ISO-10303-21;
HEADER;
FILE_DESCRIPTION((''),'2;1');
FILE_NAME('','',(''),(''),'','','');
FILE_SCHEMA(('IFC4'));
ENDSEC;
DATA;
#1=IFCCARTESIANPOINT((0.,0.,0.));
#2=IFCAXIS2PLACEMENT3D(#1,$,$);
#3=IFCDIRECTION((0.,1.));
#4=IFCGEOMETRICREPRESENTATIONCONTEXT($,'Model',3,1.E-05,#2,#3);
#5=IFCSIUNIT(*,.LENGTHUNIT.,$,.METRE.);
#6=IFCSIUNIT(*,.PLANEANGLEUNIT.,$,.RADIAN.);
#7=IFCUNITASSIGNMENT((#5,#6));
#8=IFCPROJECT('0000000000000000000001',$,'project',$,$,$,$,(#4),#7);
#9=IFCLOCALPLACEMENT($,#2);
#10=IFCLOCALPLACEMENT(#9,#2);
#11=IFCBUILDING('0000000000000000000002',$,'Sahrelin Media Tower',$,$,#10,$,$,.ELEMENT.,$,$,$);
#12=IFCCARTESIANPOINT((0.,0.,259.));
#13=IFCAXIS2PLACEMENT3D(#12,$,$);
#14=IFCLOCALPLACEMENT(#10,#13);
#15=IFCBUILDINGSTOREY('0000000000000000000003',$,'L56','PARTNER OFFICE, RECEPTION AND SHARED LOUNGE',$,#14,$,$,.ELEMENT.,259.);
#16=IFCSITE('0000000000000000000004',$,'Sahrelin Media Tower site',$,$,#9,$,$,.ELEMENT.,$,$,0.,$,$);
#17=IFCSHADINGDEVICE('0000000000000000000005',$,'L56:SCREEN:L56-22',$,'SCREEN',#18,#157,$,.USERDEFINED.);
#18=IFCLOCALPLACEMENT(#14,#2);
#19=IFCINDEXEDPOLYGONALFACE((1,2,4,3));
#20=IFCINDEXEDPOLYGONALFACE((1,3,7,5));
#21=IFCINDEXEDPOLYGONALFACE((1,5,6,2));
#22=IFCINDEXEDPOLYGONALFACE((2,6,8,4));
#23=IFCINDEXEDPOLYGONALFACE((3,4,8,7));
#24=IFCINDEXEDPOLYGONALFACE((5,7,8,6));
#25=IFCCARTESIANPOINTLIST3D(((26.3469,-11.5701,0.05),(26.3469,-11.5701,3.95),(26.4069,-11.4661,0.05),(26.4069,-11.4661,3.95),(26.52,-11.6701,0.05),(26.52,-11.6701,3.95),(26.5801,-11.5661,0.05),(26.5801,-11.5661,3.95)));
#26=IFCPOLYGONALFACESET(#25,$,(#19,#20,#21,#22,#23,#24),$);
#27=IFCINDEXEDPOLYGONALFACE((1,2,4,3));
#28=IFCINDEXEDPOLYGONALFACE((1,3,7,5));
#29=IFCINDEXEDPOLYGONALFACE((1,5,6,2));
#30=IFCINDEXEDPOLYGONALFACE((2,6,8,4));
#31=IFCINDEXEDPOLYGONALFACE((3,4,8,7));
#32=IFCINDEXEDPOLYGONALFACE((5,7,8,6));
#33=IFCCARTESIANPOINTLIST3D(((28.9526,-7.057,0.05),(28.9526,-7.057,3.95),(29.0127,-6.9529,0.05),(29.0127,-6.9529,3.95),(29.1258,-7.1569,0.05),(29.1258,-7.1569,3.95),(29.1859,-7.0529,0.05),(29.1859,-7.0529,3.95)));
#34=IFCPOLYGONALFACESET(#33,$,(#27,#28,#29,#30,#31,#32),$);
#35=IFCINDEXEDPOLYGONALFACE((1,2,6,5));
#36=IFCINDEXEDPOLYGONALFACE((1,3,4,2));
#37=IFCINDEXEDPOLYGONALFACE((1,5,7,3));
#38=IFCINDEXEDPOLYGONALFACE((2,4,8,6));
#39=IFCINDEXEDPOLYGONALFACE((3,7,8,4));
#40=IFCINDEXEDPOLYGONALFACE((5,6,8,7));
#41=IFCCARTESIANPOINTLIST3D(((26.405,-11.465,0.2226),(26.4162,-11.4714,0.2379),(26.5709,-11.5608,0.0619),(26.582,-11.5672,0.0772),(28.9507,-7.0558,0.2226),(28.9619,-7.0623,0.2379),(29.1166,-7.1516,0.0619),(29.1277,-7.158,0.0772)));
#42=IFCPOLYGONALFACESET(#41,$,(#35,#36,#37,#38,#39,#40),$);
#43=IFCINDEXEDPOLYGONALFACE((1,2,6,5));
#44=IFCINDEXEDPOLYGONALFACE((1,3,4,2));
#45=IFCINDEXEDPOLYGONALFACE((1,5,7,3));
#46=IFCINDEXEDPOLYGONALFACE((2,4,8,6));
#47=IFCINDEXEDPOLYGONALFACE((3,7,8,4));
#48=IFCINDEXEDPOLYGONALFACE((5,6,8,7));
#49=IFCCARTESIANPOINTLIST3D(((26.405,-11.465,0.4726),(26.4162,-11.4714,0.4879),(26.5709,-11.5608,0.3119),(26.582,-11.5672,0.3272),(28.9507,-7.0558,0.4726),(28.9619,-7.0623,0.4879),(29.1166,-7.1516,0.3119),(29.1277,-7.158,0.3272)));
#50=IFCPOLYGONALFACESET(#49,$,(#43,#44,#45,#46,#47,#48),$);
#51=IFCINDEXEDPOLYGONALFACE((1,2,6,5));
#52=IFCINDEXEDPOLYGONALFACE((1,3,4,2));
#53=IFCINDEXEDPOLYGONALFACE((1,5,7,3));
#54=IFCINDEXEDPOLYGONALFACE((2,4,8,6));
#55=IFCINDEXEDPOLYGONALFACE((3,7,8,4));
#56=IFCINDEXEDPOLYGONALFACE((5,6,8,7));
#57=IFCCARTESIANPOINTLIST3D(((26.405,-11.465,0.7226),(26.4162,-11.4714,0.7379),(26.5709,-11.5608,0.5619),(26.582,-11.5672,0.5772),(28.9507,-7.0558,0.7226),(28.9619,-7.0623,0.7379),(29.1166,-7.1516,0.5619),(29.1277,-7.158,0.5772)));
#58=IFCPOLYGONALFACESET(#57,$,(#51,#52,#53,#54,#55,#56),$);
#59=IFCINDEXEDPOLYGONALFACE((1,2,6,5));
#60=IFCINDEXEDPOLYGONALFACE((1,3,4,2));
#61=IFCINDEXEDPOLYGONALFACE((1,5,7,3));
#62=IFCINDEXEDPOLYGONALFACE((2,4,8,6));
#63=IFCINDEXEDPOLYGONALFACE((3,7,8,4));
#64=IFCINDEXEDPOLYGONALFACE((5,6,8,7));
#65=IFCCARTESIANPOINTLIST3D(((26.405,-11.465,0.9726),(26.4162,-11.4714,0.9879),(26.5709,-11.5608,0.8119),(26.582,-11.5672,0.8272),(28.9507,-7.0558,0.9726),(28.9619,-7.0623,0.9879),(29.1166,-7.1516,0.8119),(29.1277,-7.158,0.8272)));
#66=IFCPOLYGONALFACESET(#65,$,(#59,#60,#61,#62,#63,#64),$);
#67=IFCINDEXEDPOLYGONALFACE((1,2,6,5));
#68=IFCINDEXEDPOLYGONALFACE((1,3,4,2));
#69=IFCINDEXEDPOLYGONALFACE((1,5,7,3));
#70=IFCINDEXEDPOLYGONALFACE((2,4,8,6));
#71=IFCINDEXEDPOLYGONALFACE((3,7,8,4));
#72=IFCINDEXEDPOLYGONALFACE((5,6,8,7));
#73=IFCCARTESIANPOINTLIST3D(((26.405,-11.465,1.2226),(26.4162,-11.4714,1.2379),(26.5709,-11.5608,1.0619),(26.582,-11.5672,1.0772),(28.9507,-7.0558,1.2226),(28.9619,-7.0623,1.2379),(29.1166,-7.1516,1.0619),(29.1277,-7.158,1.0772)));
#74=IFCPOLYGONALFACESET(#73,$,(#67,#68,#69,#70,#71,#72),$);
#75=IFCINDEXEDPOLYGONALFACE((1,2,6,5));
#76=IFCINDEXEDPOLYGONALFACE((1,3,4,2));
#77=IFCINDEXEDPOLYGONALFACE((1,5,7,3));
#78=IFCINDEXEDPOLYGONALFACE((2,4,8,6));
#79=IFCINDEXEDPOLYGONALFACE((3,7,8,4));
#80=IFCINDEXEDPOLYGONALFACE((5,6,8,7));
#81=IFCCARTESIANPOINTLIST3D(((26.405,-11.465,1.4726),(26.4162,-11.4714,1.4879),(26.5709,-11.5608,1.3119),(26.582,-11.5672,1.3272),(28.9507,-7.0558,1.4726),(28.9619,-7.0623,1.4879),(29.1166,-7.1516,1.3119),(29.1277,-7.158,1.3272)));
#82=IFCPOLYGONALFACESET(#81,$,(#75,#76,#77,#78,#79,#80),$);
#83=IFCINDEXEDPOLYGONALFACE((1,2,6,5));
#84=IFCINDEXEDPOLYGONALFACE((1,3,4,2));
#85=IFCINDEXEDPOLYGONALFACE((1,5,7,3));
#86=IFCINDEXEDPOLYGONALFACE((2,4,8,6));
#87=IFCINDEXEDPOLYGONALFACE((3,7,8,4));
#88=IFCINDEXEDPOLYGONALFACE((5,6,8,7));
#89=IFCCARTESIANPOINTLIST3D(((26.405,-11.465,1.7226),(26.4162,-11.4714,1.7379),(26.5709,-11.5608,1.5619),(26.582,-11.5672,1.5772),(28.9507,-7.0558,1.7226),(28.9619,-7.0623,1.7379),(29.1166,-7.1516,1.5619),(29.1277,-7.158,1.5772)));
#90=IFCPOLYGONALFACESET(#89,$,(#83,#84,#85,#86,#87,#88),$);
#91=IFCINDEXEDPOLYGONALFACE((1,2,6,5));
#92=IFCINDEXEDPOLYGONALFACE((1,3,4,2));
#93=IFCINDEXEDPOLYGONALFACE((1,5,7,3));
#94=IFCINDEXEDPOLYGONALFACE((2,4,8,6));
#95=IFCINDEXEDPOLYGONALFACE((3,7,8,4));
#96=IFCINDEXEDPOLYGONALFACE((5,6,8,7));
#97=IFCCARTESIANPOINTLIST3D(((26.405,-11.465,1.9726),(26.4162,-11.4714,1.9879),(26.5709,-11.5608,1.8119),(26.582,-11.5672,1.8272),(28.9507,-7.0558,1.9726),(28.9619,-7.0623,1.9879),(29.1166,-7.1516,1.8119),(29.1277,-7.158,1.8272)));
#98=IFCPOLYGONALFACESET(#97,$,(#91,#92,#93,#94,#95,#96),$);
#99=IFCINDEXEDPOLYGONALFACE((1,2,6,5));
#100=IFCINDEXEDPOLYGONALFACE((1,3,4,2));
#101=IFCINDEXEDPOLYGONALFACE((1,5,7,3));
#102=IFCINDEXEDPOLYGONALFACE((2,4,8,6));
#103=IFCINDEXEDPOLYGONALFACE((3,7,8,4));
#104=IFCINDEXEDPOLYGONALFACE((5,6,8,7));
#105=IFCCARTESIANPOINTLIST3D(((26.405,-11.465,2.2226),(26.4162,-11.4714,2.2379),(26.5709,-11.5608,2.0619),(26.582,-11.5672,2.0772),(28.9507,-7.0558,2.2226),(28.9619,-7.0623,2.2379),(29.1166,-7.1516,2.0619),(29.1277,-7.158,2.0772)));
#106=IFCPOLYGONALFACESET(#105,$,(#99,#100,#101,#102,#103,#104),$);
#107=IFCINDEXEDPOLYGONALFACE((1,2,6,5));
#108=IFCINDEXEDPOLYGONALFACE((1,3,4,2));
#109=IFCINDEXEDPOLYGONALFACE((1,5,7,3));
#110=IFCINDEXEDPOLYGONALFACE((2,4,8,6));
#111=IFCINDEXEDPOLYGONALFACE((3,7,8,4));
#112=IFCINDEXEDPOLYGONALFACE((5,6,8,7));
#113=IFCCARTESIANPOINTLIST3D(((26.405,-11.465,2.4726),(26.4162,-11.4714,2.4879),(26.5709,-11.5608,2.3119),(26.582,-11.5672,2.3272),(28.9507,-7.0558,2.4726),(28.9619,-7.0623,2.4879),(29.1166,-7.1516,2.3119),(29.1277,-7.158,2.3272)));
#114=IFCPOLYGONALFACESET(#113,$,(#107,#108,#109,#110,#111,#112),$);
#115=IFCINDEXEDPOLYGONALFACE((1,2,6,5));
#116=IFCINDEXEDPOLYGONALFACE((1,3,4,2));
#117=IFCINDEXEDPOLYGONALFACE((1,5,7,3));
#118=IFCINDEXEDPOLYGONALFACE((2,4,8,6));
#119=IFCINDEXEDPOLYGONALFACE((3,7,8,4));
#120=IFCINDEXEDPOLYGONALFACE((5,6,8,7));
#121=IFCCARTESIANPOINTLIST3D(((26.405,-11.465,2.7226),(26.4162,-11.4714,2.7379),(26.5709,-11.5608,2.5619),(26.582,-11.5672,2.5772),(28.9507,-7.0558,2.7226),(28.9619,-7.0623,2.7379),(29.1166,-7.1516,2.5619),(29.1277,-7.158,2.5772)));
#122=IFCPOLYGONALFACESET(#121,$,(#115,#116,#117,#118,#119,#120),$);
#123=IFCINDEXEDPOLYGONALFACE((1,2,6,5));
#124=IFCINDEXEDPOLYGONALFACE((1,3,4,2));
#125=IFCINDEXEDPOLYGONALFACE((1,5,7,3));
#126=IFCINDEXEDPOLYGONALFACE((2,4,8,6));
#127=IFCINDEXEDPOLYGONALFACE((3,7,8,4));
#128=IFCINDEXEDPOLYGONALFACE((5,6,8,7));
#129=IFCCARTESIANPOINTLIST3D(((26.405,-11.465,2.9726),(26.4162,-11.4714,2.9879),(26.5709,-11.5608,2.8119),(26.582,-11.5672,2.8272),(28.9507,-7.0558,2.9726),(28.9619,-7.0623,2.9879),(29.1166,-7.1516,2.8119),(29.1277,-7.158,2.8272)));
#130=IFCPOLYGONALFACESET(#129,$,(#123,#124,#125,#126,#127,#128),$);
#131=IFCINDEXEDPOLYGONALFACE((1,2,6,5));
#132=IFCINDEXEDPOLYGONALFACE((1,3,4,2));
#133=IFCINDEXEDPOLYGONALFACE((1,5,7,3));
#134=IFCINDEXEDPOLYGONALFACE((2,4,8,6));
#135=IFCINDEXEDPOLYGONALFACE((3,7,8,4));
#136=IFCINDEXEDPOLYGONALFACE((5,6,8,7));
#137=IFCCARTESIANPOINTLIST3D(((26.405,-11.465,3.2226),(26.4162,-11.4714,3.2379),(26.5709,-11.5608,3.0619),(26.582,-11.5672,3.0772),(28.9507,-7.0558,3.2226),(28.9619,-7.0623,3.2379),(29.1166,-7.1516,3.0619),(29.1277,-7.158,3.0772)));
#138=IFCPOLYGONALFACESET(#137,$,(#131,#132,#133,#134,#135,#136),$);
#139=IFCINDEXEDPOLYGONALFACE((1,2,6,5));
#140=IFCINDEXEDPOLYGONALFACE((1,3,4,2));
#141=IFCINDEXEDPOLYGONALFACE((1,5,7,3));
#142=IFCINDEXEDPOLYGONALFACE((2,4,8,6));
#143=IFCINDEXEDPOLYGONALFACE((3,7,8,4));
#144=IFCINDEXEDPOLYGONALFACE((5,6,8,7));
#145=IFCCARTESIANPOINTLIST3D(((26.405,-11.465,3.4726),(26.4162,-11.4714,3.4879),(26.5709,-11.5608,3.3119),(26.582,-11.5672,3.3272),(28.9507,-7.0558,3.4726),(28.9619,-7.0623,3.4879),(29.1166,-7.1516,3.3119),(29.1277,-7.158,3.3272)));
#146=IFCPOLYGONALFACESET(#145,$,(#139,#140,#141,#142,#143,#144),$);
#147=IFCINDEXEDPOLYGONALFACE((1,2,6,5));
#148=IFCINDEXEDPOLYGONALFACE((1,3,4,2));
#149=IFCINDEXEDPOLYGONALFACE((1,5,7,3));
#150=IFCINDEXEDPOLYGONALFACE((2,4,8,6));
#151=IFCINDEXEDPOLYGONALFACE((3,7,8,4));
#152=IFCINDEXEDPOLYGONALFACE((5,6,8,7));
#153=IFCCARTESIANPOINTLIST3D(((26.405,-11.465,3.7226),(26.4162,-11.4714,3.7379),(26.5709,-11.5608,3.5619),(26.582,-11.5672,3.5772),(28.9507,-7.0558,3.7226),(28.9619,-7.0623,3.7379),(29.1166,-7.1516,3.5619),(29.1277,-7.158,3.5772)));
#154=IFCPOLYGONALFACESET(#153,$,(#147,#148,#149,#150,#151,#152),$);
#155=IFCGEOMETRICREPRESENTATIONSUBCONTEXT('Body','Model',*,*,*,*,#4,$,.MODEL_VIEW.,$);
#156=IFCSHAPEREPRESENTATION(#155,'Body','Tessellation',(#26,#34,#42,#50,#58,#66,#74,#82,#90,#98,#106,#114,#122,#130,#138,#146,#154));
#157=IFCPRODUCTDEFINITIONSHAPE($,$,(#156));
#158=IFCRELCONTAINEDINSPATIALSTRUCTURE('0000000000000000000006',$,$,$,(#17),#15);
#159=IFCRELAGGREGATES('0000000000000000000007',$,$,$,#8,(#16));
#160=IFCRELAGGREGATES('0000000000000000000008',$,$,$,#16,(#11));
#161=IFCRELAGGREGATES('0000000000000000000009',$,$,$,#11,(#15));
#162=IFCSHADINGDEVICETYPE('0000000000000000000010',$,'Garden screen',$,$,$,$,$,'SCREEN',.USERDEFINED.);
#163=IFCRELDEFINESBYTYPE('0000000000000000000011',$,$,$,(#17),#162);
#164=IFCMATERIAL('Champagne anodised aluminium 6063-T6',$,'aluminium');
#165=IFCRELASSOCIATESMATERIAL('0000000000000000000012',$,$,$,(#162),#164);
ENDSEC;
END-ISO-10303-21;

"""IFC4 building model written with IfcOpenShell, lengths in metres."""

from ifc_helpers import new_model, si_unit, direction, frame, origin, origin_2d, place, context, subcontext, project, spatial, rectangle, extrude, material, type_object, element, save


model = new_model("IFC4")

# Units and contexts
model_context = context("Model", 3, precision=1e-05, world=origin(), true_north=direction((0.0, 1.0)))
body_context = subcontext(model_context, "Body", "Model", "MODEL_VIEW")
ifc_project = project(units=[si_unit("LENGTHUNIT", "METRE"), si_unit("PLANEANGLEUNIT", "RADIAN")], contexts=[model_context])

# Site, building, storey
site_placement = place(None, origin())
site = spatial("IfcSite", under=ifc_project, at=site_placement, Name="Sahrelin Media Tower site", CompositionType="ELEMENT", RefElevation=0.0)
building_placement = place(site_placement, origin())
building = spatial("IfcBuilding", under=site, at=building_placement, Name="Sahrelin Media Tower", CompositionType="ELEMENT")
storey_placement = place(building_placement, frame((0.0, 0.0, 259.0)))
storey = spatial("IfcBuildingStorey", under=building, at=storey_placement, Name="L56", Description="PARTNER OFFICE, RECEPTION AND SHARED LOUNGE", CompositionType="ELEMENT", Elevation=259.0)

# Shading device
ifc_material_1 = material(Name="Champagne anodised aluminium 6063-T6", Category="aluminium")
shading_device_type = type_object("IfcShadingDeviceType", Name="Garden screen", ElementType="SCREEN", PredefinedType="USERDEFINED", material=ifc_material_1)
shading_device_1_placement = place(storey_placement, frame((27.6797, -9.2615, 0.0), z_axis=(0.0, 0.0, 1.0), x_axis=(-0.500011, -0.866019, 0.0)))
element("IfcShadingDevice", 1, at=shading_device_1_placement, inside=storey, type_object=shading_device_type, Name="L56:SCREEN:L56-22", ObjectType="SCREEN", PredefinedType="USERDEFINED", context=body_context, shape_type="SweptSolid", body=[
    extrude(rectangle(XDim=0.1201, YDim=0.2, at=origin_2d()), frame((2.6057, 0.1001, 0.05), z_axis=(0.0, 0.0, 1.0), x_axis=(1.0, 0.0, 0.0)), (0.0, 0.0, 1.0), 3.8999),
    extrude(rectangle(XDim=0.1201, YDim=0.2, at=origin_2d()), frame((-2.6057, 0.1001, 0.05), z_axis=(0.0, 0.0, 1.0), x_axis=(1.0, 0.0, 0.0)), (0.0, 0.0, 1.0), 3.8999),
    extrude(rectangle(XDim=0.25, YDim=0.02, at=origin_2d()), frame((2.5457, 0.1001, 0.1499), z_axis=(-1.0, 0.0, 0.0), x_axis=(0.0, -0.766044, 0.642788)), (0.0, 0.0, 1.0), 5.0913),
    extrude(rectangle(XDim=0.25, YDim=0.02, at=origin_2d()), frame((2.5457, 0.1001, 0.3999), z_axis=(-1.0, 0.0, 0.0), x_axis=(0.0, -0.766044, 0.642788)), (0.0, 0.0, 1.0), 5.0913),
    extrude(rectangle(XDim=0.25, YDim=0.02, at=origin_2d()), frame((2.5457, 0.1001, 0.6499), z_axis=(-1.0, 0.0, 0.0), x_axis=(0.0, -0.766044, 0.642788)), (0.0, 0.0, 1.0), 5.0913),
    extrude(rectangle(XDim=0.25, YDim=0.02, at=origin_2d()), frame((2.5457, 0.1001, 0.8999), z_axis=(-1.0, 0.0, 0.0), x_axis=(0.0, -0.766044, 0.642788)), (0.0, 0.0, 1.0), 5.0913),
    extrude(rectangle(XDim=0.25, YDim=0.02, at=origin_2d()), frame((2.5457, 0.1001, 1.1499), z_axis=(-1.0, 0.0, 0.0), x_axis=(0.0, -0.766044, 0.642788)), (0.0, 0.0, 1.0), 5.0913),
    extrude(rectangle(XDim=0.25, YDim=0.02, at=origin_2d()), frame((2.5457, 0.1001, 1.3999), z_axis=(-1.0, 0.0, 0.0), x_axis=(0.0, -0.766044, 0.642788)), (0.0, 0.0, 1.0), 5.0913),
    extrude(rectangle(XDim=0.25, YDim=0.02, at=origin_2d()), frame((2.5457, 0.1001, 1.6499), z_axis=(-1.0, 0.0, 0.0), x_axis=(0.0, -0.766044, 0.642788)), (0.0, 0.0, 1.0), 5.0913),
    extrude(rectangle(XDim=0.25, YDim=0.02, at=origin_2d()), frame((2.5457, 0.1001, 1.8999), z_axis=(-1.0, 0.0, 0.0), x_axis=(0.0, -0.766044, 0.642788)), (0.0, 0.0, 1.0), 5.0913),
    extrude(rectangle(XDim=0.25, YDim=0.02, at=origin_2d()), frame((2.5457, 0.1001, 2.1499), z_axis=(-1.0, 0.0, 0.0), x_axis=(0.0, -0.766044, 0.642788)), (0.0, 0.0, 1.0), 5.0913),
    extrude(rectangle(XDim=0.25, YDim=0.02, at=origin_2d()), frame((2.5457, 0.1001, 2.3999), z_axis=(-1.0, 0.0, 0.0), x_axis=(0.0, -0.766044, 0.642788)), (0.0, 0.0, 1.0), 5.0913),
    extrude(rectangle(XDim=0.25, YDim=0.02, at=origin_2d()), frame((2.5457, 0.1001, 2.6499), z_axis=(-1.0, 0.0, 0.0), x_axis=(0.0, -0.766044, 0.642788)), (0.0, 0.0, 1.0), 5.0913),
    extrude(rectangle(XDim=0.25, YDim=0.02, at=origin_2d()), frame((2.5457, 0.1001, 2.8999), z_axis=(-1.0, 0.0, 0.0), x_axis=(0.0, -0.766044, 0.642788)), (0.0, 0.0, 1.0), 5.0913),
    extrude(rectangle(XDim=0.25, YDim=0.02, at=origin_2d()), frame((2.5457, 0.1001, 3.1499), z_axis=(-1.0, 0.0, 0.0), x_axis=(0.0, -0.766044, 0.642788)), (0.0, 0.0, 1.0), 5.0913),
    extrude(rectangle(XDim=0.25, YDim=0.02, at=origin_2d()), frame((2.5457, 0.1001, 3.3999), z_axis=(-1.0, 0.0, 0.0), x_axis=(0.0, -0.766044, 0.642788)), (0.0, 0.0, 1.0), 5.0913),
    extrude(rectangle(XDim=0.25, YDim=0.02, at=origin_2d()), frame((2.5457, 0.1001, 3.6499), z_axis=(-1.0, 0.0, 0.0), x_axis=(0.0, -0.766044, 0.642788)), (0.0, 0.0, 1.0), 5.0913),
])

save(model, "model.ifc")
